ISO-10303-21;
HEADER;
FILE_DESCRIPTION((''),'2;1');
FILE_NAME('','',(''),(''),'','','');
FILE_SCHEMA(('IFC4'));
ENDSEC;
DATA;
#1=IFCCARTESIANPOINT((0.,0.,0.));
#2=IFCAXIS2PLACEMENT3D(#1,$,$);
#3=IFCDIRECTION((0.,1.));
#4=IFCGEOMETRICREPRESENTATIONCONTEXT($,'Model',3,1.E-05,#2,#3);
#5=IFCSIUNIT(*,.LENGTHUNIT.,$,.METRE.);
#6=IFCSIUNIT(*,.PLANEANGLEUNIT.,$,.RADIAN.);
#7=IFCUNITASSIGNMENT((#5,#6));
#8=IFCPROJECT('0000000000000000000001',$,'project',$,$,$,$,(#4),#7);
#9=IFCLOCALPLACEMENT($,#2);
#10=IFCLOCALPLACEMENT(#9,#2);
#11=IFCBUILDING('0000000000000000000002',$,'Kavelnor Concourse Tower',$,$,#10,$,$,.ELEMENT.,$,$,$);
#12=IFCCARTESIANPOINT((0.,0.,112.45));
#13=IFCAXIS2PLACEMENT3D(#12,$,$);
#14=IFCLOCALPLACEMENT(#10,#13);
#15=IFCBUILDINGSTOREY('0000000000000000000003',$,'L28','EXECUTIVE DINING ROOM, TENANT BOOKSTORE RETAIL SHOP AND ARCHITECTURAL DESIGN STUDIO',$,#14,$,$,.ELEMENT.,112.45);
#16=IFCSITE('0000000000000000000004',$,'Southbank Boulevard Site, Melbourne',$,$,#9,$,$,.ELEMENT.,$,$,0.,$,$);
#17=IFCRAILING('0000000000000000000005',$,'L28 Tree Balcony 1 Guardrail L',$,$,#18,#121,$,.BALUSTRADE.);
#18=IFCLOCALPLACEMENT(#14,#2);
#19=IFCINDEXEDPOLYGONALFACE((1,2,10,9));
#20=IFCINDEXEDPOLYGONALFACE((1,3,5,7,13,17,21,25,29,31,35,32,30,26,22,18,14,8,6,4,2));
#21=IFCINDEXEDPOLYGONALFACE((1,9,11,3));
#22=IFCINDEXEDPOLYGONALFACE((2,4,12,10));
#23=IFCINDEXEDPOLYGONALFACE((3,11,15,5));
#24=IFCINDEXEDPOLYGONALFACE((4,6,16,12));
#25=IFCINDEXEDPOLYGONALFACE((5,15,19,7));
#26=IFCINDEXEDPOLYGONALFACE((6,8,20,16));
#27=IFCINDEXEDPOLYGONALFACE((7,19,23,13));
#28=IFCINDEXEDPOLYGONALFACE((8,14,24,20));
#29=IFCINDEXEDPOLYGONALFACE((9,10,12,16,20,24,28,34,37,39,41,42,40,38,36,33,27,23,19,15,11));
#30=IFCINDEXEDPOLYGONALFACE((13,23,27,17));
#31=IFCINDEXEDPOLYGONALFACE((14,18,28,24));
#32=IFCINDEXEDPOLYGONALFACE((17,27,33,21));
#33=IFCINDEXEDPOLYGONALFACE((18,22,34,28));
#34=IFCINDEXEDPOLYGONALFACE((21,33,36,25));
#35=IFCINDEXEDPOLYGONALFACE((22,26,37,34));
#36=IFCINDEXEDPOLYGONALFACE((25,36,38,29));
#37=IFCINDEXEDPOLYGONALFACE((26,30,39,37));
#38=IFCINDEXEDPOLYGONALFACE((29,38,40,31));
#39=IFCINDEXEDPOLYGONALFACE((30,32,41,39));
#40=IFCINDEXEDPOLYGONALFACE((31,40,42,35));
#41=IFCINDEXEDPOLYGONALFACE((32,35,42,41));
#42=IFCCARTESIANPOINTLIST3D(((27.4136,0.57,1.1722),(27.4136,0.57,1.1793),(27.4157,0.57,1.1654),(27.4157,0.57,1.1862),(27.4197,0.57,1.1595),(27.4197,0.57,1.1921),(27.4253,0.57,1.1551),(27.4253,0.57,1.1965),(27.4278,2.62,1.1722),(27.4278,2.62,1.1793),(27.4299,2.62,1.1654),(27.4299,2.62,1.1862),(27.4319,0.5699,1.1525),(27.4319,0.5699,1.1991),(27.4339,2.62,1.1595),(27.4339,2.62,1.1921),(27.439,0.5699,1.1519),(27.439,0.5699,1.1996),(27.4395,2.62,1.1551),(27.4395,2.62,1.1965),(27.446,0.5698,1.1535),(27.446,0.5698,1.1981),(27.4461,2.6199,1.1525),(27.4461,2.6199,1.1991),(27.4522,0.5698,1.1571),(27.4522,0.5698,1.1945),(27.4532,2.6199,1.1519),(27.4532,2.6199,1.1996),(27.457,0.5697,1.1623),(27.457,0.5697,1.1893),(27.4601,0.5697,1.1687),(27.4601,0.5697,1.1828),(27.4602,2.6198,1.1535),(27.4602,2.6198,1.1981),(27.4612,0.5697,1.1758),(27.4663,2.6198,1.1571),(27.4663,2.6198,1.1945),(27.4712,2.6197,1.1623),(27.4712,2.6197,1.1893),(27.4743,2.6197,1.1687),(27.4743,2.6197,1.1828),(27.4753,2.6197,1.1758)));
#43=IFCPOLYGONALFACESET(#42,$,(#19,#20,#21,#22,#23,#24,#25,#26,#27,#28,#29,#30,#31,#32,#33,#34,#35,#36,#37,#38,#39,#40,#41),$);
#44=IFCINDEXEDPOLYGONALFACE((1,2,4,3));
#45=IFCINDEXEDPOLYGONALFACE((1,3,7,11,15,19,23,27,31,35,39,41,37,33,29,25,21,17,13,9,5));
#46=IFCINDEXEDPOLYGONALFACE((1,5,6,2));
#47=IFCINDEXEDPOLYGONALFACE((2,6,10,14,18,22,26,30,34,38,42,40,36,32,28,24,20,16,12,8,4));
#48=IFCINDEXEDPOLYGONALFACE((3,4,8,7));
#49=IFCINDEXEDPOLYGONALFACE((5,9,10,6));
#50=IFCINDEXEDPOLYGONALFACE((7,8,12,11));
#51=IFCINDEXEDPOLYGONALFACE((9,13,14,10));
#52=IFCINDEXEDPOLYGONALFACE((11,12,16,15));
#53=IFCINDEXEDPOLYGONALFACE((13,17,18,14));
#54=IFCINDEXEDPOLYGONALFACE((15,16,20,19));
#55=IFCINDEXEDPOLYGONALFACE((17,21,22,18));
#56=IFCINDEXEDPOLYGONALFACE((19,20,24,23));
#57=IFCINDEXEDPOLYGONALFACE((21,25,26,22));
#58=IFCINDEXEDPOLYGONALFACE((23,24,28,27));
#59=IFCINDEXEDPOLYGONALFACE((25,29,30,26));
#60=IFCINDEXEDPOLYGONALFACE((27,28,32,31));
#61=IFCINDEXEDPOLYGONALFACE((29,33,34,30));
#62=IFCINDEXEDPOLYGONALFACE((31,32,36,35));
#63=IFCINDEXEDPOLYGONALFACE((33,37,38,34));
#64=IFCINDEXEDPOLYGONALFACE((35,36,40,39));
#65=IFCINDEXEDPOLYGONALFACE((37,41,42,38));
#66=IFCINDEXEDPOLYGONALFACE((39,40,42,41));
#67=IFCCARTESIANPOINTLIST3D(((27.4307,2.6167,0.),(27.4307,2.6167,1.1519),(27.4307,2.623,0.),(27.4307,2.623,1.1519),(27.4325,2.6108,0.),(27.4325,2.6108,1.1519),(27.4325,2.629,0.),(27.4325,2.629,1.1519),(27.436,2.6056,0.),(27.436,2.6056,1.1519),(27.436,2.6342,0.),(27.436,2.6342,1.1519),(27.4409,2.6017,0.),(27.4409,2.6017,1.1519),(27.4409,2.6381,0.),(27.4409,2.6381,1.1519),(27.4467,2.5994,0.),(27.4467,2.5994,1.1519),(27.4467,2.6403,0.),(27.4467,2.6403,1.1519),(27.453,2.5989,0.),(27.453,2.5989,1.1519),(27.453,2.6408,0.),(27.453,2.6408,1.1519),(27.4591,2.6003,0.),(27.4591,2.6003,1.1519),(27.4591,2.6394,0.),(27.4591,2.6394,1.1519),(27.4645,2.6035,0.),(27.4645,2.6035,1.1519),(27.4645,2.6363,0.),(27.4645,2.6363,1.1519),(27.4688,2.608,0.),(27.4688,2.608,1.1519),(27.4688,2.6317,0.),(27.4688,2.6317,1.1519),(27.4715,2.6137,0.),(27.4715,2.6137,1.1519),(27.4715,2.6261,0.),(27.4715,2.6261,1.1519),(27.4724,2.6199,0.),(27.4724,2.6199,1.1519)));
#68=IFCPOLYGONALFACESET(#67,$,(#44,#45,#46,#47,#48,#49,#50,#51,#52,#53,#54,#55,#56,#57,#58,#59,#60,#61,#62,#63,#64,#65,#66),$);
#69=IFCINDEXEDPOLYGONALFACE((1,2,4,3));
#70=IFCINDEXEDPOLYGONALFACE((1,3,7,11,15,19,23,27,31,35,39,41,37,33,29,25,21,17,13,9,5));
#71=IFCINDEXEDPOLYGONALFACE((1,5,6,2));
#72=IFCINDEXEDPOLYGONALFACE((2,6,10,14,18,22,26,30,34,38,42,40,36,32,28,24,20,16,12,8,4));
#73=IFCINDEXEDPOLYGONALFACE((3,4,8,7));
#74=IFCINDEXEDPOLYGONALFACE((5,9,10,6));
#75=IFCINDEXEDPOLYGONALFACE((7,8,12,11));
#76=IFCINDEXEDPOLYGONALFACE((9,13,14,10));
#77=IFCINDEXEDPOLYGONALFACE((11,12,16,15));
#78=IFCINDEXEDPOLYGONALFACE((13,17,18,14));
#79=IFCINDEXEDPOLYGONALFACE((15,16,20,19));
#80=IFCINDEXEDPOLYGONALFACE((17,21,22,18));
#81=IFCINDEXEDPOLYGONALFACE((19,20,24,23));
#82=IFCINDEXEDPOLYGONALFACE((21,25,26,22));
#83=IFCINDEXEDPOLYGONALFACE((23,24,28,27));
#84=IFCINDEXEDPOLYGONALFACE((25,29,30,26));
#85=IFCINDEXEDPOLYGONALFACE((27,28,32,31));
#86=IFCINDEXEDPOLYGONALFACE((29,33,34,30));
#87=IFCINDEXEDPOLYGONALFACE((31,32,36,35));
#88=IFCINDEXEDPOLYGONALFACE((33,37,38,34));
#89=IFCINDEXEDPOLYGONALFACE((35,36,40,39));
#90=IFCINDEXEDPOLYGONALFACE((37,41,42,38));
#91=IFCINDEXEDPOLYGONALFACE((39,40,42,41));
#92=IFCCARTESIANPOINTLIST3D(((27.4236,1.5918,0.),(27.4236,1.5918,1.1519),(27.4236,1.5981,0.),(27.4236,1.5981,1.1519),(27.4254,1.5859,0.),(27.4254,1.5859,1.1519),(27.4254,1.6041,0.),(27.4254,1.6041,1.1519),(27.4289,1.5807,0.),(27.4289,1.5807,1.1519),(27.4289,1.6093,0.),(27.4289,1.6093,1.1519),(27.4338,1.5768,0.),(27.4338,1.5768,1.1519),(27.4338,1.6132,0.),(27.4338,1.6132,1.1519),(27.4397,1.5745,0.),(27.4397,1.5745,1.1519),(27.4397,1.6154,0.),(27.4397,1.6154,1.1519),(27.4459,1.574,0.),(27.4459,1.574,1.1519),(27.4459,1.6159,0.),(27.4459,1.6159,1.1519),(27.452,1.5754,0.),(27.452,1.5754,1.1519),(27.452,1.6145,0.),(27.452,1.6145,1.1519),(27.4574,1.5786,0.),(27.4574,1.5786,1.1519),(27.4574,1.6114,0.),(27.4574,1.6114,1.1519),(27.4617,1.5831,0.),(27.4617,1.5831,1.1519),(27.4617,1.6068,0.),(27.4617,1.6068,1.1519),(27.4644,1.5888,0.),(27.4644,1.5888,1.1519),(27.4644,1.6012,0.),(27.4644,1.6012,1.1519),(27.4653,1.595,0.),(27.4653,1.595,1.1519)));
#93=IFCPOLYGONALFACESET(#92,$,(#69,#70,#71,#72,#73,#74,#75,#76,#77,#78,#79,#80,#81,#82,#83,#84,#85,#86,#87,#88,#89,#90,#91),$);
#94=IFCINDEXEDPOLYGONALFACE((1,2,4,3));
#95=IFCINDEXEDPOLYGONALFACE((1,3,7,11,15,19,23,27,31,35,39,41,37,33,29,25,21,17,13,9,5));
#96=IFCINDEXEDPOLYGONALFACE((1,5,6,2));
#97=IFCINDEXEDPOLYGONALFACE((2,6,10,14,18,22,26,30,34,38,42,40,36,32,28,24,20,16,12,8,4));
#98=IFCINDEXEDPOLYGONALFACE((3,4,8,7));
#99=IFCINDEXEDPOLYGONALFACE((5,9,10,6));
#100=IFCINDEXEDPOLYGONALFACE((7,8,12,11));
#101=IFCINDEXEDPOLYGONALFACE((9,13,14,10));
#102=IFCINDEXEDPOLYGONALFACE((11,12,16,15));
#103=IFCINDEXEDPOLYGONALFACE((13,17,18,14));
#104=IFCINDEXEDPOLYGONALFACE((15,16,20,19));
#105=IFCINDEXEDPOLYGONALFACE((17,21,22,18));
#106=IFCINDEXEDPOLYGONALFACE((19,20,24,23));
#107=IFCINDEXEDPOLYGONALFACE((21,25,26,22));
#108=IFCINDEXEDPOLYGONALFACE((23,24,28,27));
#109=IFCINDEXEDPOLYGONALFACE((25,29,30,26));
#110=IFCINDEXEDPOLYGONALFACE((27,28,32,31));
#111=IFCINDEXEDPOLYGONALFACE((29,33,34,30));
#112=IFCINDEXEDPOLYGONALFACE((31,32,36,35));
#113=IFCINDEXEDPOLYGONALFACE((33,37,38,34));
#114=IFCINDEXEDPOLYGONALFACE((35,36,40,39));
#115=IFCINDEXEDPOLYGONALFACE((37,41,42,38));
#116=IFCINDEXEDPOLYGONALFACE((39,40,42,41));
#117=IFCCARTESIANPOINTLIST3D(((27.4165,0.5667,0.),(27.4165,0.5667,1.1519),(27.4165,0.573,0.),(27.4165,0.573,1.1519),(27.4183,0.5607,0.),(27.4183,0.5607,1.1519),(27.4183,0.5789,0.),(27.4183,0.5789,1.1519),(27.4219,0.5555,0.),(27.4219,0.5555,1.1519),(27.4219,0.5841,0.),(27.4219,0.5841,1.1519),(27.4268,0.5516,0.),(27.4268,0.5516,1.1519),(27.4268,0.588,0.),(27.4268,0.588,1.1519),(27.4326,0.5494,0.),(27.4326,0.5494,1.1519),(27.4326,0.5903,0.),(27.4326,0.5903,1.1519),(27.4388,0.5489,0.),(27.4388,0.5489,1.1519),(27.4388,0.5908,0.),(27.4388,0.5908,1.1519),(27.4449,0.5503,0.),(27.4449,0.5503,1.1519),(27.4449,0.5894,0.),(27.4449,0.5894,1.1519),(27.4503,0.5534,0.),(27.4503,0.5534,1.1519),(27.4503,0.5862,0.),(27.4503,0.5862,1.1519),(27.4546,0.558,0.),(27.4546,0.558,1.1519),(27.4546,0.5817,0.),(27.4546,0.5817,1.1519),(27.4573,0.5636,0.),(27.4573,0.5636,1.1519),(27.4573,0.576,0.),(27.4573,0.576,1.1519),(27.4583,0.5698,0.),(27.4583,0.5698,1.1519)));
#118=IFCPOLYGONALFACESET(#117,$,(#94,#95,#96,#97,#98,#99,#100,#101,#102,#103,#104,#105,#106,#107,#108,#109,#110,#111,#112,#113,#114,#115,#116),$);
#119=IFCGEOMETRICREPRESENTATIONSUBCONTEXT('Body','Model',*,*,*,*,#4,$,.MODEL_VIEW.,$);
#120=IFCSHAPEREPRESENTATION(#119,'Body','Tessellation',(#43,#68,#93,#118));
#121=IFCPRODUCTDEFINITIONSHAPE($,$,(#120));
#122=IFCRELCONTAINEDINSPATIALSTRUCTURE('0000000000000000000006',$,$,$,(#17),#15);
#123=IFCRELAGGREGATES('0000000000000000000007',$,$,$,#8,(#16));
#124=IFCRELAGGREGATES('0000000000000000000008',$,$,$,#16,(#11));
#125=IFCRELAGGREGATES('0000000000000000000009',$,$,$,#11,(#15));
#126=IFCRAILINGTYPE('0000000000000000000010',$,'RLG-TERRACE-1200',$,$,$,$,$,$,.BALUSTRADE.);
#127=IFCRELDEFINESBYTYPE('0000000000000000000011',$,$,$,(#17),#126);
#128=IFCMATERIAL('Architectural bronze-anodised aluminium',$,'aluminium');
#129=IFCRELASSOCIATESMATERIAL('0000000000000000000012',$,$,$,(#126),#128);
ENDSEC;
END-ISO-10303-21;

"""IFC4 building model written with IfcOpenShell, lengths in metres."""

from ifc_helpers import new_model, si_unit, direction, frame, origin, origin_2d, place, context, subcontext, project, spatial, circle, extrude, material, type_object, element, save


model = new_model("IFC4")

# Units and contexts
model_context = context("Model", 3, precision=1e-05, world=origin(), true_north=direction((0.0, 1.0)))
body_context = subcontext(model_context, "Body", "Model", "MODEL_VIEW")
ifc_project = project(units=[si_unit("LENGTHUNIT", "METRE"), si_unit("PLANEANGLEUNIT", "RADIAN")], contexts=[model_context])

# Site, building, storey
site_placement = place(None, origin())
site = spatial("IfcSite", under=ifc_project, at=site_placement, Name="Southbank Boulevard Site, Melbourne", CompositionType="ELEMENT", RefElevation=0.0)
building_placement = place(site_placement, origin())
building = spatial("IfcBuilding", under=site, at=building_placement, Name="Kavelnor Concourse Tower", CompositionType="ELEMENT")
storey_placement = place(building_placement, frame((0.0, 0.0, 112.45)))
storey = spatial("IfcBuildingStorey", under=building, at=storey_placement, Name="L28", Description="EXECUTIVE DINING ROOM, TENANT BOOKSTORE RETAIL SHOP AND ARCHITECTURAL DESIGN STUDIO", CompositionType="ELEMENT", Elevation=112.45)

# Railing
ifc_material_1 = material(Name="Architectural bronze-anodised aluminium", Category="aluminium")
railing_type_1 = type_object("IfcRailingType", Name="RLG-TERRACE-1200", PredefinedType="BALUSTRADE", material=ifc_material_1)
railing_1_placement = place(storey_placement, frame((27.4514, 2.6199, 0.0)))
element("IfcRailing", 1, at=railing_1_placement, inside=storey, type_object=railing_type_1, Name="L28 Tree Balcony 1 Guardrail L", PredefinedType="BALUSTRADE", context=body_context, shape_type="SweptSolid", body=[
    extrude(circle(Radius=0.0239, at=origin_2d()), frame((0.0, 0.0, 1.1758), z_axis=(-0.006907, -0.999976, 0.0), x_axis=(0.999976, -0.006907, 0.0)), (0.0, 0.0, 1.0), 2.05),
    extrude(circle(Radius=0.021, at=origin_2d()), origin(), (0.0, 0.0, 1.0), 1.1519),
    extrude(circle(Radius=0.021, at=origin_2d()), frame((-0.0071, -1.0249, 0.0)), (0.0, 0.0, 1.0), 1.1519),
    extrude(circle(Radius=0.021, at=origin_2d()), frame((-0.0142, -2.05, 0.0)), (0.0, 0.0, 1.0), 1.1519),
])

save(model, "model.ifc")
